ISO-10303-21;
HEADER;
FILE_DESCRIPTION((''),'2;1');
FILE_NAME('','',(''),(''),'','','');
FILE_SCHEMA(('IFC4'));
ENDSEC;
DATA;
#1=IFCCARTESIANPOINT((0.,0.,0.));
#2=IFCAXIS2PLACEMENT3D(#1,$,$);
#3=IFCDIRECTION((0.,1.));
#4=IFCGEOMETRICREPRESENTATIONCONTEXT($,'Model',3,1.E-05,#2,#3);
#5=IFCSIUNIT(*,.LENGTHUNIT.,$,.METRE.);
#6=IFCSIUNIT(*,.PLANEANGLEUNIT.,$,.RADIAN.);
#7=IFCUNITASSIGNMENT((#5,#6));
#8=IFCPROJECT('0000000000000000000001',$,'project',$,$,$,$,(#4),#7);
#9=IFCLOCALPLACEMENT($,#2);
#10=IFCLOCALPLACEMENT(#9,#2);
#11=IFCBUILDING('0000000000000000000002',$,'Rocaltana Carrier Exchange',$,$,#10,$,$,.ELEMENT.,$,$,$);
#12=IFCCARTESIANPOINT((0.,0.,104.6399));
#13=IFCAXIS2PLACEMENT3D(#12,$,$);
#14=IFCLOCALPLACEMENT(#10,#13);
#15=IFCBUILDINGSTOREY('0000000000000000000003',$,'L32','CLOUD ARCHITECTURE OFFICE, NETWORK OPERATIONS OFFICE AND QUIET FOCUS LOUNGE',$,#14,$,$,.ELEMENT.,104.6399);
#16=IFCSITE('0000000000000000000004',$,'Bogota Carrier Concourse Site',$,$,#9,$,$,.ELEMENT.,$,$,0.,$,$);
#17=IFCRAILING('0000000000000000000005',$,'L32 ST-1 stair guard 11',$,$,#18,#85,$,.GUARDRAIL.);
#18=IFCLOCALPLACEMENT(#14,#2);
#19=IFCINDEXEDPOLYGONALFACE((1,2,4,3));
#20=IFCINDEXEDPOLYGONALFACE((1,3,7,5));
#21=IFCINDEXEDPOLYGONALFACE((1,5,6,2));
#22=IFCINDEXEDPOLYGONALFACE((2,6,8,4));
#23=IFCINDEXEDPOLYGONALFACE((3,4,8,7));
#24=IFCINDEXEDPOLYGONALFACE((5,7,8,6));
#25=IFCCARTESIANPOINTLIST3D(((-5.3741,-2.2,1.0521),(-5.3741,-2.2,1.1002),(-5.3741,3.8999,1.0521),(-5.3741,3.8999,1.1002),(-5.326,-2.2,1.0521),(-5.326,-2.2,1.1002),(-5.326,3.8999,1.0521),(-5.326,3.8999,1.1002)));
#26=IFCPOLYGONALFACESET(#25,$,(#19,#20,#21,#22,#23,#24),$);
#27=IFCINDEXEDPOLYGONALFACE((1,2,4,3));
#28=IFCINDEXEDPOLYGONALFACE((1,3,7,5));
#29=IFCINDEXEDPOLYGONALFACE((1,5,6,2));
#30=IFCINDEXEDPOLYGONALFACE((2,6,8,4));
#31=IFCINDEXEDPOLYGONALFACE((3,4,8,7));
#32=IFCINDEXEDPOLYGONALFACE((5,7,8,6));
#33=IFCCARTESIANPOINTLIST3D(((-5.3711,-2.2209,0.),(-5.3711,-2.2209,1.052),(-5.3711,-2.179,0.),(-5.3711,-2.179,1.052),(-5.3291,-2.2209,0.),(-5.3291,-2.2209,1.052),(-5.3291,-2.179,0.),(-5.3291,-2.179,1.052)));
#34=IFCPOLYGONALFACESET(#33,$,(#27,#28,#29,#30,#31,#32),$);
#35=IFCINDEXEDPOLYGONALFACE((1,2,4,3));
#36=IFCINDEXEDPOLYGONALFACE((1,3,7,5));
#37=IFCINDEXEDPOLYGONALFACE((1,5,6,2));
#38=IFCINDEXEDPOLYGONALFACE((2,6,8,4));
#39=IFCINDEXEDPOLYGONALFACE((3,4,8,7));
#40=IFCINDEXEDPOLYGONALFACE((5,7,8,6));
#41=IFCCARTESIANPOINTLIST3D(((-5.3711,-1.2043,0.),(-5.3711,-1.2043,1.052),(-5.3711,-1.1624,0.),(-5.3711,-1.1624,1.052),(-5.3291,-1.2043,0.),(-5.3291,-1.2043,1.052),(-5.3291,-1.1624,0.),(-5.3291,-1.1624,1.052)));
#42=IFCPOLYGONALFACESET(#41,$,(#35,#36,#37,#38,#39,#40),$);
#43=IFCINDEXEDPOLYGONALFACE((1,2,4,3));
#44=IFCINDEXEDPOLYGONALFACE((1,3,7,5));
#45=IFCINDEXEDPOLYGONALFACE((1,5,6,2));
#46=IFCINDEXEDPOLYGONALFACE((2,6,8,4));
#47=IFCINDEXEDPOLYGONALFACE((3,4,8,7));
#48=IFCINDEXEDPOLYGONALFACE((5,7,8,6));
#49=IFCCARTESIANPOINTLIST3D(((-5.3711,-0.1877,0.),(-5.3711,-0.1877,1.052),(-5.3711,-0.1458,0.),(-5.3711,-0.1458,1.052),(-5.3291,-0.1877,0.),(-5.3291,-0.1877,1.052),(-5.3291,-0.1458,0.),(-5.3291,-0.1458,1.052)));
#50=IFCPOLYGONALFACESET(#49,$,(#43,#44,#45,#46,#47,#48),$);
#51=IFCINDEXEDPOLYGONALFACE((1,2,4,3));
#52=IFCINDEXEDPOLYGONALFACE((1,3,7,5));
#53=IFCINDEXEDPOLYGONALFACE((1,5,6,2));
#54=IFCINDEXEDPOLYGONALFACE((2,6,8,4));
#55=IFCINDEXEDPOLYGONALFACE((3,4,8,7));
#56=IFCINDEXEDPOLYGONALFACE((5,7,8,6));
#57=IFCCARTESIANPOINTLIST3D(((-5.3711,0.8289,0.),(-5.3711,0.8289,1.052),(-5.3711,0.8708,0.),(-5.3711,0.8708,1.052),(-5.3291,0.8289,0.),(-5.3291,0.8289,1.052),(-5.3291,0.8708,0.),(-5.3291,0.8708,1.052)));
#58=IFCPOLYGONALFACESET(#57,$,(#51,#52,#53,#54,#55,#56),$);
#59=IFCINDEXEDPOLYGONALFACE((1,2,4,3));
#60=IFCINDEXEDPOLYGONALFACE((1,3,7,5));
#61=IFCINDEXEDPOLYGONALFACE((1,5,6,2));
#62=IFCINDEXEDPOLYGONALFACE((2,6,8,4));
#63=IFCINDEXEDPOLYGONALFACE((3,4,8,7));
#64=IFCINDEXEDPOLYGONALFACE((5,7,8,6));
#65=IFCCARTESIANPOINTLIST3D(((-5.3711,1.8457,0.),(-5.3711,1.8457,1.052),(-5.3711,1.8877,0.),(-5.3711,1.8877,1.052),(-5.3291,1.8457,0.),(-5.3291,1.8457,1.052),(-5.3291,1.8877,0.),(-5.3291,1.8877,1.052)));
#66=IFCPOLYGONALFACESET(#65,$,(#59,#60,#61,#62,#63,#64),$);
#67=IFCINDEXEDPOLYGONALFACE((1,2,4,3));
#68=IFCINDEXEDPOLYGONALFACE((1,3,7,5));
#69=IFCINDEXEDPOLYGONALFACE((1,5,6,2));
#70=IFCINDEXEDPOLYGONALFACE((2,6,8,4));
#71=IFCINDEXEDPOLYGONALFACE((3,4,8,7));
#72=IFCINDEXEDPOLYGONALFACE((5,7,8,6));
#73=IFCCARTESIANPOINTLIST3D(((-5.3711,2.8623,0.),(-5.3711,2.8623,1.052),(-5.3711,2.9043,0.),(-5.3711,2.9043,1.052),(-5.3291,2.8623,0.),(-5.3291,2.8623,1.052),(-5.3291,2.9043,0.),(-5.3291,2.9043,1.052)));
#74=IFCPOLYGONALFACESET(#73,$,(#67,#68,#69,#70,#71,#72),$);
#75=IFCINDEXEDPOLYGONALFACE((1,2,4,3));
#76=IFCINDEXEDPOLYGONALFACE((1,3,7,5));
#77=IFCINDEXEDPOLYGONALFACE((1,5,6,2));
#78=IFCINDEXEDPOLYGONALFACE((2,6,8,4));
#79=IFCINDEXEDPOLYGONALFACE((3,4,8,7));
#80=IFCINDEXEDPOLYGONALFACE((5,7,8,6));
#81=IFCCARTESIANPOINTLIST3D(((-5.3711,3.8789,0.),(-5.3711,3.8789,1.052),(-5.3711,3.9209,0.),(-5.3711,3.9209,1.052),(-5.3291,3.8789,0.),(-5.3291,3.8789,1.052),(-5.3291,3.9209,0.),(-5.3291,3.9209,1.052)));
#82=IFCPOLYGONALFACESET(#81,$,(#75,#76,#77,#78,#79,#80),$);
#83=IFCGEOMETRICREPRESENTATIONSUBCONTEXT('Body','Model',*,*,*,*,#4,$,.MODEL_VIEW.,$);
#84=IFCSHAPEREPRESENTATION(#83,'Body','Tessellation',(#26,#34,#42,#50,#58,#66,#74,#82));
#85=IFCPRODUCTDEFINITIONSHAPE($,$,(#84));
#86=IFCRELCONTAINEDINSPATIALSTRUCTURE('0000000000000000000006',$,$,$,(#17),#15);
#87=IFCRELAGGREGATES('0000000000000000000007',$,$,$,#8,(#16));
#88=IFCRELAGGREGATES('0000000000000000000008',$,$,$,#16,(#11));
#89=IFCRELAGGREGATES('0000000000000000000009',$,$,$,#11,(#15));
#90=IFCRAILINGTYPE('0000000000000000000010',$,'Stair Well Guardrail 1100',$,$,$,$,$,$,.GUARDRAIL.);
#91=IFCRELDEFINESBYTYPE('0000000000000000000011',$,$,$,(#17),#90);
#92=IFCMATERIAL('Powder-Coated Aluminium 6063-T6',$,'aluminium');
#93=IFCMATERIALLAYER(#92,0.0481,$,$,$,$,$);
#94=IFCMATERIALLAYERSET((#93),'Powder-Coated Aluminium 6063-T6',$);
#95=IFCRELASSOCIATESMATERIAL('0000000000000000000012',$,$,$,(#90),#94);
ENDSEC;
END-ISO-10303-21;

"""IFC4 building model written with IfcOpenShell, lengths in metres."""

from ifc_helpers import new_model, si_unit, direction, frame, origin, origin_2d, place, context, subcontext, project, spatial, rectangle, extrude, material, layer, layer_set, type_object, element, save


model = new_model("IFC4")

# Units and contexts
model_context = context("Model", 3, precision=1e-05, world=origin(), true_north=direction((0.0, 1.0)))
body_context = subcontext(model_context, "Body", "Model", "MODEL_VIEW")
ifc_project = project(units=[si_unit("LENGTHUNIT", "METRE"), si_unit("PLANEANGLEUNIT", "RADIAN")], contexts=[model_context])

# Site, building, storey
site_placement = place(None, origin())
site = spatial("IfcSite", under=ifc_project, at=site_placement, Name="Bogota Carrier Concourse Site", CompositionType="ELEMENT", RefElevation=0.0)
building_placement = place(site_placement, origin())
building = spatial("IfcBuilding", under=site, at=building_placement, Name="Rocaltana Carrier Exchange", CompositionType="ELEMENT")
storey_placement = place(building_placement, frame((0.0, 0.0, 104.6399)))
storey = spatial("IfcBuildingStorey", under=building, at=storey_placement, Name="L32", Description="CLOUD ARCHITECTURE OFFICE, NETWORK OPERATIONS OFFICE AND QUIET FOCUS LOUNGE", CompositionType="ELEMENT", Elevation=104.6399)

# Railing
ifc_material_1 = material(Name="Powder-Coated Aluminium 6063-T6", Category="aluminium")
ifc_layer_1 = layer(ifc_material_1, 0.0481)
ifc_layer_set_1 = layer_set([ifc_layer_1], Name="Powder-Coated Aluminium 6063-T6")
railing_type_1 = type_object("IfcRailingType", Name="Stair Well Guardrail 1100", PredefinedType="GUARDRAIL", material=ifc_layer_set_1)
for number, where, name in (
    (1, (-5.3501, -2.2, 0.0), "L32 ST-1 stair guard 11"),
):
    element("IfcRailing", number, at=place(storey_placement, frame(where)), inside=storey, type_object=railing_type_1, Name=name, PredefinedType="GUARDRAIL", context=body_context, shape_type="SweptSolid", body=[
        extrude(rectangle(XDim=0.0481, YDim=0.0481, at=origin_2d()), frame((0.0, 0.0, 1.0762), z_axis=(0.0, 1.0, 0.0), x_axis=(-1.0, 0.0, 0.0)), (0.0, 0.0, 1.0), 6.0999),
        extrude(rectangle(XDim=0.042, YDim=0.042, at=origin_2d()), origin(), (0.0, 0.0, 1.0), 1.052),
        extrude(rectangle(XDim=0.042, YDim=0.042, at=origin_2d()), frame((0.0, 1.0166, 0.0)), (0.0, 0.0, 1.0), 1.052),
        extrude(rectangle(XDim=0.042, YDim=0.042, at=origin_2d()), frame((0.0, 2.0332, 0.0)), (0.0, 0.0, 1.0), 1.052),
        extrude(rectangle(XDim=0.042, YDim=0.042, at=origin_2d()), frame((0.0, 3.0498, 0.0)), (0.0, 0.0, 1.0), 1.052),
        extrude(rectangle(XDim=0.042, YDim=0.042, at=origin_2d()), frame((0.0, 4.0667, 0.0)), (0.0, 0.0, 1.0), 1.052),
        extrude(rectangle(XDim=0.042, YDim=0.042, at=origin_2d()), frame((0.0, 5.0833, 0.0)), (0.0, 0.0, 1.0), 1.052),
        extrude(rectangle(XDim=0.042, YDim=0.042, at=origin_2d()), frame((0.0, 6.0999, 0.0)), (0.0, 0.0, 1.0), 1.052),
    ])

save(model, "model.ifc")
